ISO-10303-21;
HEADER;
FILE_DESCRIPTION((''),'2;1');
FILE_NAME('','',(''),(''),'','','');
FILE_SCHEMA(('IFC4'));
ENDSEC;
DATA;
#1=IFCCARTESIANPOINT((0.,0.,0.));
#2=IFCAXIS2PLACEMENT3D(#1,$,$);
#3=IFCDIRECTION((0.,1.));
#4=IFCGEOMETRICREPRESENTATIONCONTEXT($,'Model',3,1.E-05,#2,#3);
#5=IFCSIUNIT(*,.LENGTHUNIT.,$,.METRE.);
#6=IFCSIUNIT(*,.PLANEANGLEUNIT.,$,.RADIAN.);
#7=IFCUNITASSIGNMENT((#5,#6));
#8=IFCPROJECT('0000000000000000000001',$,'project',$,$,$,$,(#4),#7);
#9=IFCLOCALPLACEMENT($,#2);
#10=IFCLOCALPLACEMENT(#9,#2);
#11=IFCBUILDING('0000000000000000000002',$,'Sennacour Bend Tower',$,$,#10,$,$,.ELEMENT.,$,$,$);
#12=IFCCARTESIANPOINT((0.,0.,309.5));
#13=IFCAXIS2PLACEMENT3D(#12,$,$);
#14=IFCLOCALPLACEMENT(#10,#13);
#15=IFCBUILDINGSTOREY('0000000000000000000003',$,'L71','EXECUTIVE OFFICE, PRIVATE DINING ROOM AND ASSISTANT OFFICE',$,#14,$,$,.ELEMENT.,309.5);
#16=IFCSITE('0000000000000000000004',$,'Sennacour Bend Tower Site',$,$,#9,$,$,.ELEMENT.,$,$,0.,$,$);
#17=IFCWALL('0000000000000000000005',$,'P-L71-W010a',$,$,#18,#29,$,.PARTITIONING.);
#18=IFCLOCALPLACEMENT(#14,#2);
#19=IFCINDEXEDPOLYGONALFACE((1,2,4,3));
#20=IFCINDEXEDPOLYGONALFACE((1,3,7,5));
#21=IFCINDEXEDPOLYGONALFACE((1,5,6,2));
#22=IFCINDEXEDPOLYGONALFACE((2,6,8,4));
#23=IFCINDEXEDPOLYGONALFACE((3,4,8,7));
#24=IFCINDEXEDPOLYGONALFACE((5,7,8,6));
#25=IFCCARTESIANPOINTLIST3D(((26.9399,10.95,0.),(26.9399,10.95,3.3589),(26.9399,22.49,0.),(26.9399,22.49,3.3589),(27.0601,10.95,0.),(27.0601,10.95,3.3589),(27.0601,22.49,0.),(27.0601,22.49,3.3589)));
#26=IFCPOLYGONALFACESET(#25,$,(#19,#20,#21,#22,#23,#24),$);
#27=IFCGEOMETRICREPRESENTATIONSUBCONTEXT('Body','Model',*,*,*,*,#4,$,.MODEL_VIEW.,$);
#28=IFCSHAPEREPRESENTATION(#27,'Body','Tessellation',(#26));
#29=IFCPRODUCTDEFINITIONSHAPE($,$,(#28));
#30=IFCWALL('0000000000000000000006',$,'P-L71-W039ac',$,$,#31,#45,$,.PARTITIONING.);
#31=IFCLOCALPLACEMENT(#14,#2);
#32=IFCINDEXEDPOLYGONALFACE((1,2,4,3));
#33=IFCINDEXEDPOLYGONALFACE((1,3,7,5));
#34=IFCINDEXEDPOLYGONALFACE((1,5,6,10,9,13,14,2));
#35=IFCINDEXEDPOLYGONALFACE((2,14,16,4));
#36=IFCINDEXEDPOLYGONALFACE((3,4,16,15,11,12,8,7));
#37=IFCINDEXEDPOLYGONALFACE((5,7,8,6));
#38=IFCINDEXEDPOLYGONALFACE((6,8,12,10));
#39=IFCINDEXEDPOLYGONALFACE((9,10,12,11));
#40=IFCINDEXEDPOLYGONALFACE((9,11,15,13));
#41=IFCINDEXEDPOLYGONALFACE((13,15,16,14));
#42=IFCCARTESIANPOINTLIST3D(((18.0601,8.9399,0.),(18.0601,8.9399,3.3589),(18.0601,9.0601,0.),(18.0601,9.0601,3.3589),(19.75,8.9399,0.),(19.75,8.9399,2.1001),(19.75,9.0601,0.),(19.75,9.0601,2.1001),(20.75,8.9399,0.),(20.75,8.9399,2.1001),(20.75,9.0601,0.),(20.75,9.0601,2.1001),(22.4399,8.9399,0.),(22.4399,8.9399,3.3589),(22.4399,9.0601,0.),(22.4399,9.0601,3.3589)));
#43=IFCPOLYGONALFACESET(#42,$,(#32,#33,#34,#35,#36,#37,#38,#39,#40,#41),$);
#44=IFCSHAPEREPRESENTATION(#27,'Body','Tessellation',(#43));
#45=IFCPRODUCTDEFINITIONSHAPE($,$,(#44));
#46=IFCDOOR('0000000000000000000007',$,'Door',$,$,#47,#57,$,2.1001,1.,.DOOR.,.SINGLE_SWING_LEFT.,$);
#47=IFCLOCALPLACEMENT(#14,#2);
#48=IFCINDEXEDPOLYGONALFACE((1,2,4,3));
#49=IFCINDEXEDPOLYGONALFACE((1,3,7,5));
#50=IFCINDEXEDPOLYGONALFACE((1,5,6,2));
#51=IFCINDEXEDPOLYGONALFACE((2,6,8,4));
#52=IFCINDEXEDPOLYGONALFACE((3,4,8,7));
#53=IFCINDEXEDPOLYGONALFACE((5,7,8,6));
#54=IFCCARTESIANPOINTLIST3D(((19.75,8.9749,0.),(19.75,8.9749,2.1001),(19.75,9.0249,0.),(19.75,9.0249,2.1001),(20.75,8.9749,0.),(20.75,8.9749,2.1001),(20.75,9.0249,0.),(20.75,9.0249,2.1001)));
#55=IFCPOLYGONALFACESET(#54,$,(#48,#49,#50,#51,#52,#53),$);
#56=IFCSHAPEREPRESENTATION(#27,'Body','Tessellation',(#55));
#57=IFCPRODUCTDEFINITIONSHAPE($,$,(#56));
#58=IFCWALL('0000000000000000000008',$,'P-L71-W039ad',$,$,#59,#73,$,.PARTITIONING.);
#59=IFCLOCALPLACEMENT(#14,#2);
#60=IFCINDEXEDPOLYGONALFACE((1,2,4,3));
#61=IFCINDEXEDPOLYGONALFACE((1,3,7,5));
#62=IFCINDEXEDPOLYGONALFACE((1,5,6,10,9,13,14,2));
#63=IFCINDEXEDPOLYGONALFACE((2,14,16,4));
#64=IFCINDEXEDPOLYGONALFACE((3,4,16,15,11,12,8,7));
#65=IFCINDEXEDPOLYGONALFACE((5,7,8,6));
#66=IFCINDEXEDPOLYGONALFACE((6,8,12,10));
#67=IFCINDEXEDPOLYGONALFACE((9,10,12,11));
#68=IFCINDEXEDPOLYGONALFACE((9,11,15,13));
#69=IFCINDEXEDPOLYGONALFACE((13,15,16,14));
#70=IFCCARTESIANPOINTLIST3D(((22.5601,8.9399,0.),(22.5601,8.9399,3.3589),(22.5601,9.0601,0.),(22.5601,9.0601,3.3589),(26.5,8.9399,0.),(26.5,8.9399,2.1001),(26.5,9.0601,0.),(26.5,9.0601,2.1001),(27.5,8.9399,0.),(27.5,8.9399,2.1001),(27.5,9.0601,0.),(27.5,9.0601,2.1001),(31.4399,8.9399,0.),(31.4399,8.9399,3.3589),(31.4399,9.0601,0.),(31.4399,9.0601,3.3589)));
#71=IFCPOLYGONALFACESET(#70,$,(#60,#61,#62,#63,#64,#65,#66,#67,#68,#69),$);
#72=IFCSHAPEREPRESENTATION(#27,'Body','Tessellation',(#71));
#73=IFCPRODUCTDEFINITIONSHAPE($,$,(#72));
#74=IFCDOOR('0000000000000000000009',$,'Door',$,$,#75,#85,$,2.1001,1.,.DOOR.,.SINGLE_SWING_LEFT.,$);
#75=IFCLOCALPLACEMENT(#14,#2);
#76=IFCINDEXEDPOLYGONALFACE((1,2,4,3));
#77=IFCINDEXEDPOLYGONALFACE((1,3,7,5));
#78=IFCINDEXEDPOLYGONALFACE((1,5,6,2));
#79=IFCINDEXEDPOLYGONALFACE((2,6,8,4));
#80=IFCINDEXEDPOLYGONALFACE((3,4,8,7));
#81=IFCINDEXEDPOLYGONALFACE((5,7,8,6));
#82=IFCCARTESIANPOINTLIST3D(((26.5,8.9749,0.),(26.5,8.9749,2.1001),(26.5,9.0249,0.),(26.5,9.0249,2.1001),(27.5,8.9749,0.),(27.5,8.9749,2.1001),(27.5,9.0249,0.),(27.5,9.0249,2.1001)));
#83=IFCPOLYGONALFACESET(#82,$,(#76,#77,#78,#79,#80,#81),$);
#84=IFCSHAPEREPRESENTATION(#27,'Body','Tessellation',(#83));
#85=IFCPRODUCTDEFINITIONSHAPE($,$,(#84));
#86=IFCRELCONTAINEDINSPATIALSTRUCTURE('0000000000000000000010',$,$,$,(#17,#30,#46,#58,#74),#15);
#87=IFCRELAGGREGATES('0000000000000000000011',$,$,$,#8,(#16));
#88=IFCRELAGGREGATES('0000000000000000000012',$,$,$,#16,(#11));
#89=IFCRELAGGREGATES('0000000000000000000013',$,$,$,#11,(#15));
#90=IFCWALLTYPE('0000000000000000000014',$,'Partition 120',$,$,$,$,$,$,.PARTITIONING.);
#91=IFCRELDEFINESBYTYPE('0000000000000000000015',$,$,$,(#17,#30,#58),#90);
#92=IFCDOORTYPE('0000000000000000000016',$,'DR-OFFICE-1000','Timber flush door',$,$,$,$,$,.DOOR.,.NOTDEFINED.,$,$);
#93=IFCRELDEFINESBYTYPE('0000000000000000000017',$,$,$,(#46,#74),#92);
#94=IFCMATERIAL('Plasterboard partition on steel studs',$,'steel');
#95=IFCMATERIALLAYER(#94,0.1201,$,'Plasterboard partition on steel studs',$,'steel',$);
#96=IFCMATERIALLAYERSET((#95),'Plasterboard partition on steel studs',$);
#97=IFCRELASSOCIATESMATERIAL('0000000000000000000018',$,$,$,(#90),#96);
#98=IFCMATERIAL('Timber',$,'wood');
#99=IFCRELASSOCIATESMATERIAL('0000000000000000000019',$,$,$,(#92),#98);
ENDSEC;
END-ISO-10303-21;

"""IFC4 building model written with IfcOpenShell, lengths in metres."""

from ifc_helpers import new_model, si_unit, direction, frame, frame_2d, origin, place, context, subcontext, project, spatial, rectangle, extrude, material, layer, layer_set, type_object, element, fill, save


model = new_model("IFC4")

# Units and contexts
model_context = context("Model", 3, precision=1e-05, world=origin(), true_north=direction((0.0, 1.0)))
body_context = subcontext(model_context, "Body", "Model", "MODEL_VIEW")
ifc_project = project(units=[si_unit("LENGTHUNIT", "METRE"), si_unit("PLANEANGLEUNIT", "RADIAN")], contexts=[model_context])

# Site, building, storey
site_placement = place(None, origin())
site = spatial("IfcSite", under=ifc_project, at=site_placement, Name="Sennacour Bend Tower Site", CompositionType="ELEMENT", RefElevation=0.0)
building_placement = place(site_placement, origin())
building = spatial("IfcBuilding", under=site, at=building_placement, Name="Sennacour Bend Tower", CompositionType="ELEMENT")
storey_placement = place(building_placement, frame((0.0, 0.0, 309.5)))
storey = spatial("IfcBuildingStorey", under=building, at=storey_placement, Name="L71", Description="EXECUTIVE OFFICE, PRIVATE DINING ROOM AND ASSISTANT OFFICE", CompositionType="ELEMENT", Elevation=309.5)

# Wall
ifc_material_1 = material(Name="Plasterboard partition on steel studs", Category="steel")
ifc_layer_1 = layer(ifc_material_1, 0.1201, Name="Plasterboard partition on steel studs", Category="steel")
ifc_layer_set_1 = layer_set([ifc_layer_1], Name="Plasterboard partition on steel studs")
wall_type = type_object("IfcWallType", Name="Partition 120", PredefinedType="PARTITIONING", material=ifc_layer_set_1)
wall_1_placement = place(storey_placement, frame((27.0, 10.95, 0.0), z_axis=(0.0, 0.0, 1.0), x_axis=(0.0, 1.0, 0.0)))
element("IfcWall", 1, at=wall_1_placement, inside=storey, type_object=wall_type, Name="P-L71-W010a", PredefinedType="PARTITIONING", context=body_context, shape_type="SweptSolid", body=[
    extrude(rectangle(XDim=11.54, YDim=0.1201, at=frame_2d((5.77, 0.0))), origin(), (0.0, 0.0, 1.0), 3.3589),
])

# Walls, openings, doors
wall_2_placement = place(storey_placement, frame((18.0601, 9.0, 0.0), z_axis=(0.0, 0.0, 1.0), x_axis=(1.0, 0.0, 0.0)))
wall_2 = element("IfcWall", 2, at=wall_2_placement, inside=storey, type_object=wall_type, Name="P-L71-W039ac", PredefinedType="PARTITIONING", context=body_context, shape_type="SweptSolid", body=[
    extrude(rectangle(XDim=4.3799, YDim=0.1201, at=frame_2d((2.1899, 0.0))), origin(), (0.0, 0.0, 1.0), 3.3589),
])
opening_1_placement = place(wall_2_placement, frame((1.6899, 0.0, 0.0)))
opening_1 = element("IfcOpeningElement", 3, at=opening_1_placement, cuts=wall_2, PredefinedType="OPENING", context=body_context, shape_type="SweptSolid", body=[
    extrude(rectangle(XDim=1.0, YDim=2.1001, at=frame_2d((0.5, 1.05))), frame((0.0, 0.0701, 0.0), z_axis=(0.0, -1.0, 0.0), x_axis=(1.0, 0.0, 0.0)), (0.0, 0.0, 1.0), 0.1401),
])
ifc_material_2 = material(Name="Timber", Category="wood")
door_type = type_object("IfcDoorType", Name="DR-OFFICE-1000", Description="Timber flush door", OperationType="NOTDEFINED", PredefinedType="DOOR", material=ifc_material_2)
door_1_placement = place(opening_1_placement, origin())
door_1 = element("IfcDoor", 4, at=door_1_placement, inside=storey, type_object=door_type, Name="Door", OperationType="SINGLE_SWING_LEFT", OverallHeight=2.1001, OverallWidth=1.0, PredefinedType="DOOR", context=body_context, shape_type="SweptSolid", body=[
    extrude(rectangle(XDim=1.0, YDim=2.1001, at=frame_2d((0.5, 1.05))), frame((0.0, 0.0249, 0.0), z_axis=(0.0, -1.0, 0.0), x_axis=(1.0, 0.0, 0.0)), (0.0, 0.0, 1.0), 0.05),
])
fill(opening_1, door_1)
wall_3_placement = place(storey_placement, frame((22.5601, 9.0, 0.0), z_axis=(0.0, 0.0, 1.0), x_axis=(1.0, 0.0, 0.0)))
wall_3 = element("IfcWall", 5, at=wall_3_placement, inside=storey, type_object=wall_type, Name="P-L71-W039ad", PredefinedType="PARTITIONING", context=body_context, shape_type="SweptSolid", body=[
    extrude(rectangle(XDim=8.8799, YDim=0.1201, at=frame_2d((4.4399, 0.0))), origin(), (0.0, 0.0, 1.0), 3.3589),
])
opening_2_placement = place(wall_3_placement, frame((3.9399, 0.0, 0.0)))
opening_2 = element("IfcOpeningElement", 6, at=opening_2_placement, cuts=wall_3, PredefinedType="OPENING", context=body_context, shape_type="SweptSolid", body=[
    extrude(rectangle(XDim=1.0, YDim=2.1001, at=frame_2d((0.5, 1.05))), frame((0.0, 0.0701, 0.0), z_axis=(0.0, -1.0, 0.0), x_axis=(1.0, 0.0, 0.0)), (0.0, 0.0, 1.0), 0.1401),
])
door_2_placement = place(opening_2_placement, origin())
door_2 = element("IfcDoor", 7, at=door_2_placement, inside=storey, type_object=door_type, Name="Door", OperationType="SINGLE_SWING_LEFT", OverallHeight=2.1001, OverallWidth=1.0, PredefinedType="DOOR", context=body_context, shape_type="SweptSolid", body=[
    extrude(rectangle(XDim=1.0, YDim=2.1001, at=frame_2d((0.5, 1.05))), frame((0.0, 0.0249, 0.0), z_axis=(0.0, -1.0, 0.0), x_axis=(1.0, 0.0, 0.0)), (0.0, 0.0, 1.0), 0.05),
])
fill(opening_2, door_2)

save(model, "model.ifc")
